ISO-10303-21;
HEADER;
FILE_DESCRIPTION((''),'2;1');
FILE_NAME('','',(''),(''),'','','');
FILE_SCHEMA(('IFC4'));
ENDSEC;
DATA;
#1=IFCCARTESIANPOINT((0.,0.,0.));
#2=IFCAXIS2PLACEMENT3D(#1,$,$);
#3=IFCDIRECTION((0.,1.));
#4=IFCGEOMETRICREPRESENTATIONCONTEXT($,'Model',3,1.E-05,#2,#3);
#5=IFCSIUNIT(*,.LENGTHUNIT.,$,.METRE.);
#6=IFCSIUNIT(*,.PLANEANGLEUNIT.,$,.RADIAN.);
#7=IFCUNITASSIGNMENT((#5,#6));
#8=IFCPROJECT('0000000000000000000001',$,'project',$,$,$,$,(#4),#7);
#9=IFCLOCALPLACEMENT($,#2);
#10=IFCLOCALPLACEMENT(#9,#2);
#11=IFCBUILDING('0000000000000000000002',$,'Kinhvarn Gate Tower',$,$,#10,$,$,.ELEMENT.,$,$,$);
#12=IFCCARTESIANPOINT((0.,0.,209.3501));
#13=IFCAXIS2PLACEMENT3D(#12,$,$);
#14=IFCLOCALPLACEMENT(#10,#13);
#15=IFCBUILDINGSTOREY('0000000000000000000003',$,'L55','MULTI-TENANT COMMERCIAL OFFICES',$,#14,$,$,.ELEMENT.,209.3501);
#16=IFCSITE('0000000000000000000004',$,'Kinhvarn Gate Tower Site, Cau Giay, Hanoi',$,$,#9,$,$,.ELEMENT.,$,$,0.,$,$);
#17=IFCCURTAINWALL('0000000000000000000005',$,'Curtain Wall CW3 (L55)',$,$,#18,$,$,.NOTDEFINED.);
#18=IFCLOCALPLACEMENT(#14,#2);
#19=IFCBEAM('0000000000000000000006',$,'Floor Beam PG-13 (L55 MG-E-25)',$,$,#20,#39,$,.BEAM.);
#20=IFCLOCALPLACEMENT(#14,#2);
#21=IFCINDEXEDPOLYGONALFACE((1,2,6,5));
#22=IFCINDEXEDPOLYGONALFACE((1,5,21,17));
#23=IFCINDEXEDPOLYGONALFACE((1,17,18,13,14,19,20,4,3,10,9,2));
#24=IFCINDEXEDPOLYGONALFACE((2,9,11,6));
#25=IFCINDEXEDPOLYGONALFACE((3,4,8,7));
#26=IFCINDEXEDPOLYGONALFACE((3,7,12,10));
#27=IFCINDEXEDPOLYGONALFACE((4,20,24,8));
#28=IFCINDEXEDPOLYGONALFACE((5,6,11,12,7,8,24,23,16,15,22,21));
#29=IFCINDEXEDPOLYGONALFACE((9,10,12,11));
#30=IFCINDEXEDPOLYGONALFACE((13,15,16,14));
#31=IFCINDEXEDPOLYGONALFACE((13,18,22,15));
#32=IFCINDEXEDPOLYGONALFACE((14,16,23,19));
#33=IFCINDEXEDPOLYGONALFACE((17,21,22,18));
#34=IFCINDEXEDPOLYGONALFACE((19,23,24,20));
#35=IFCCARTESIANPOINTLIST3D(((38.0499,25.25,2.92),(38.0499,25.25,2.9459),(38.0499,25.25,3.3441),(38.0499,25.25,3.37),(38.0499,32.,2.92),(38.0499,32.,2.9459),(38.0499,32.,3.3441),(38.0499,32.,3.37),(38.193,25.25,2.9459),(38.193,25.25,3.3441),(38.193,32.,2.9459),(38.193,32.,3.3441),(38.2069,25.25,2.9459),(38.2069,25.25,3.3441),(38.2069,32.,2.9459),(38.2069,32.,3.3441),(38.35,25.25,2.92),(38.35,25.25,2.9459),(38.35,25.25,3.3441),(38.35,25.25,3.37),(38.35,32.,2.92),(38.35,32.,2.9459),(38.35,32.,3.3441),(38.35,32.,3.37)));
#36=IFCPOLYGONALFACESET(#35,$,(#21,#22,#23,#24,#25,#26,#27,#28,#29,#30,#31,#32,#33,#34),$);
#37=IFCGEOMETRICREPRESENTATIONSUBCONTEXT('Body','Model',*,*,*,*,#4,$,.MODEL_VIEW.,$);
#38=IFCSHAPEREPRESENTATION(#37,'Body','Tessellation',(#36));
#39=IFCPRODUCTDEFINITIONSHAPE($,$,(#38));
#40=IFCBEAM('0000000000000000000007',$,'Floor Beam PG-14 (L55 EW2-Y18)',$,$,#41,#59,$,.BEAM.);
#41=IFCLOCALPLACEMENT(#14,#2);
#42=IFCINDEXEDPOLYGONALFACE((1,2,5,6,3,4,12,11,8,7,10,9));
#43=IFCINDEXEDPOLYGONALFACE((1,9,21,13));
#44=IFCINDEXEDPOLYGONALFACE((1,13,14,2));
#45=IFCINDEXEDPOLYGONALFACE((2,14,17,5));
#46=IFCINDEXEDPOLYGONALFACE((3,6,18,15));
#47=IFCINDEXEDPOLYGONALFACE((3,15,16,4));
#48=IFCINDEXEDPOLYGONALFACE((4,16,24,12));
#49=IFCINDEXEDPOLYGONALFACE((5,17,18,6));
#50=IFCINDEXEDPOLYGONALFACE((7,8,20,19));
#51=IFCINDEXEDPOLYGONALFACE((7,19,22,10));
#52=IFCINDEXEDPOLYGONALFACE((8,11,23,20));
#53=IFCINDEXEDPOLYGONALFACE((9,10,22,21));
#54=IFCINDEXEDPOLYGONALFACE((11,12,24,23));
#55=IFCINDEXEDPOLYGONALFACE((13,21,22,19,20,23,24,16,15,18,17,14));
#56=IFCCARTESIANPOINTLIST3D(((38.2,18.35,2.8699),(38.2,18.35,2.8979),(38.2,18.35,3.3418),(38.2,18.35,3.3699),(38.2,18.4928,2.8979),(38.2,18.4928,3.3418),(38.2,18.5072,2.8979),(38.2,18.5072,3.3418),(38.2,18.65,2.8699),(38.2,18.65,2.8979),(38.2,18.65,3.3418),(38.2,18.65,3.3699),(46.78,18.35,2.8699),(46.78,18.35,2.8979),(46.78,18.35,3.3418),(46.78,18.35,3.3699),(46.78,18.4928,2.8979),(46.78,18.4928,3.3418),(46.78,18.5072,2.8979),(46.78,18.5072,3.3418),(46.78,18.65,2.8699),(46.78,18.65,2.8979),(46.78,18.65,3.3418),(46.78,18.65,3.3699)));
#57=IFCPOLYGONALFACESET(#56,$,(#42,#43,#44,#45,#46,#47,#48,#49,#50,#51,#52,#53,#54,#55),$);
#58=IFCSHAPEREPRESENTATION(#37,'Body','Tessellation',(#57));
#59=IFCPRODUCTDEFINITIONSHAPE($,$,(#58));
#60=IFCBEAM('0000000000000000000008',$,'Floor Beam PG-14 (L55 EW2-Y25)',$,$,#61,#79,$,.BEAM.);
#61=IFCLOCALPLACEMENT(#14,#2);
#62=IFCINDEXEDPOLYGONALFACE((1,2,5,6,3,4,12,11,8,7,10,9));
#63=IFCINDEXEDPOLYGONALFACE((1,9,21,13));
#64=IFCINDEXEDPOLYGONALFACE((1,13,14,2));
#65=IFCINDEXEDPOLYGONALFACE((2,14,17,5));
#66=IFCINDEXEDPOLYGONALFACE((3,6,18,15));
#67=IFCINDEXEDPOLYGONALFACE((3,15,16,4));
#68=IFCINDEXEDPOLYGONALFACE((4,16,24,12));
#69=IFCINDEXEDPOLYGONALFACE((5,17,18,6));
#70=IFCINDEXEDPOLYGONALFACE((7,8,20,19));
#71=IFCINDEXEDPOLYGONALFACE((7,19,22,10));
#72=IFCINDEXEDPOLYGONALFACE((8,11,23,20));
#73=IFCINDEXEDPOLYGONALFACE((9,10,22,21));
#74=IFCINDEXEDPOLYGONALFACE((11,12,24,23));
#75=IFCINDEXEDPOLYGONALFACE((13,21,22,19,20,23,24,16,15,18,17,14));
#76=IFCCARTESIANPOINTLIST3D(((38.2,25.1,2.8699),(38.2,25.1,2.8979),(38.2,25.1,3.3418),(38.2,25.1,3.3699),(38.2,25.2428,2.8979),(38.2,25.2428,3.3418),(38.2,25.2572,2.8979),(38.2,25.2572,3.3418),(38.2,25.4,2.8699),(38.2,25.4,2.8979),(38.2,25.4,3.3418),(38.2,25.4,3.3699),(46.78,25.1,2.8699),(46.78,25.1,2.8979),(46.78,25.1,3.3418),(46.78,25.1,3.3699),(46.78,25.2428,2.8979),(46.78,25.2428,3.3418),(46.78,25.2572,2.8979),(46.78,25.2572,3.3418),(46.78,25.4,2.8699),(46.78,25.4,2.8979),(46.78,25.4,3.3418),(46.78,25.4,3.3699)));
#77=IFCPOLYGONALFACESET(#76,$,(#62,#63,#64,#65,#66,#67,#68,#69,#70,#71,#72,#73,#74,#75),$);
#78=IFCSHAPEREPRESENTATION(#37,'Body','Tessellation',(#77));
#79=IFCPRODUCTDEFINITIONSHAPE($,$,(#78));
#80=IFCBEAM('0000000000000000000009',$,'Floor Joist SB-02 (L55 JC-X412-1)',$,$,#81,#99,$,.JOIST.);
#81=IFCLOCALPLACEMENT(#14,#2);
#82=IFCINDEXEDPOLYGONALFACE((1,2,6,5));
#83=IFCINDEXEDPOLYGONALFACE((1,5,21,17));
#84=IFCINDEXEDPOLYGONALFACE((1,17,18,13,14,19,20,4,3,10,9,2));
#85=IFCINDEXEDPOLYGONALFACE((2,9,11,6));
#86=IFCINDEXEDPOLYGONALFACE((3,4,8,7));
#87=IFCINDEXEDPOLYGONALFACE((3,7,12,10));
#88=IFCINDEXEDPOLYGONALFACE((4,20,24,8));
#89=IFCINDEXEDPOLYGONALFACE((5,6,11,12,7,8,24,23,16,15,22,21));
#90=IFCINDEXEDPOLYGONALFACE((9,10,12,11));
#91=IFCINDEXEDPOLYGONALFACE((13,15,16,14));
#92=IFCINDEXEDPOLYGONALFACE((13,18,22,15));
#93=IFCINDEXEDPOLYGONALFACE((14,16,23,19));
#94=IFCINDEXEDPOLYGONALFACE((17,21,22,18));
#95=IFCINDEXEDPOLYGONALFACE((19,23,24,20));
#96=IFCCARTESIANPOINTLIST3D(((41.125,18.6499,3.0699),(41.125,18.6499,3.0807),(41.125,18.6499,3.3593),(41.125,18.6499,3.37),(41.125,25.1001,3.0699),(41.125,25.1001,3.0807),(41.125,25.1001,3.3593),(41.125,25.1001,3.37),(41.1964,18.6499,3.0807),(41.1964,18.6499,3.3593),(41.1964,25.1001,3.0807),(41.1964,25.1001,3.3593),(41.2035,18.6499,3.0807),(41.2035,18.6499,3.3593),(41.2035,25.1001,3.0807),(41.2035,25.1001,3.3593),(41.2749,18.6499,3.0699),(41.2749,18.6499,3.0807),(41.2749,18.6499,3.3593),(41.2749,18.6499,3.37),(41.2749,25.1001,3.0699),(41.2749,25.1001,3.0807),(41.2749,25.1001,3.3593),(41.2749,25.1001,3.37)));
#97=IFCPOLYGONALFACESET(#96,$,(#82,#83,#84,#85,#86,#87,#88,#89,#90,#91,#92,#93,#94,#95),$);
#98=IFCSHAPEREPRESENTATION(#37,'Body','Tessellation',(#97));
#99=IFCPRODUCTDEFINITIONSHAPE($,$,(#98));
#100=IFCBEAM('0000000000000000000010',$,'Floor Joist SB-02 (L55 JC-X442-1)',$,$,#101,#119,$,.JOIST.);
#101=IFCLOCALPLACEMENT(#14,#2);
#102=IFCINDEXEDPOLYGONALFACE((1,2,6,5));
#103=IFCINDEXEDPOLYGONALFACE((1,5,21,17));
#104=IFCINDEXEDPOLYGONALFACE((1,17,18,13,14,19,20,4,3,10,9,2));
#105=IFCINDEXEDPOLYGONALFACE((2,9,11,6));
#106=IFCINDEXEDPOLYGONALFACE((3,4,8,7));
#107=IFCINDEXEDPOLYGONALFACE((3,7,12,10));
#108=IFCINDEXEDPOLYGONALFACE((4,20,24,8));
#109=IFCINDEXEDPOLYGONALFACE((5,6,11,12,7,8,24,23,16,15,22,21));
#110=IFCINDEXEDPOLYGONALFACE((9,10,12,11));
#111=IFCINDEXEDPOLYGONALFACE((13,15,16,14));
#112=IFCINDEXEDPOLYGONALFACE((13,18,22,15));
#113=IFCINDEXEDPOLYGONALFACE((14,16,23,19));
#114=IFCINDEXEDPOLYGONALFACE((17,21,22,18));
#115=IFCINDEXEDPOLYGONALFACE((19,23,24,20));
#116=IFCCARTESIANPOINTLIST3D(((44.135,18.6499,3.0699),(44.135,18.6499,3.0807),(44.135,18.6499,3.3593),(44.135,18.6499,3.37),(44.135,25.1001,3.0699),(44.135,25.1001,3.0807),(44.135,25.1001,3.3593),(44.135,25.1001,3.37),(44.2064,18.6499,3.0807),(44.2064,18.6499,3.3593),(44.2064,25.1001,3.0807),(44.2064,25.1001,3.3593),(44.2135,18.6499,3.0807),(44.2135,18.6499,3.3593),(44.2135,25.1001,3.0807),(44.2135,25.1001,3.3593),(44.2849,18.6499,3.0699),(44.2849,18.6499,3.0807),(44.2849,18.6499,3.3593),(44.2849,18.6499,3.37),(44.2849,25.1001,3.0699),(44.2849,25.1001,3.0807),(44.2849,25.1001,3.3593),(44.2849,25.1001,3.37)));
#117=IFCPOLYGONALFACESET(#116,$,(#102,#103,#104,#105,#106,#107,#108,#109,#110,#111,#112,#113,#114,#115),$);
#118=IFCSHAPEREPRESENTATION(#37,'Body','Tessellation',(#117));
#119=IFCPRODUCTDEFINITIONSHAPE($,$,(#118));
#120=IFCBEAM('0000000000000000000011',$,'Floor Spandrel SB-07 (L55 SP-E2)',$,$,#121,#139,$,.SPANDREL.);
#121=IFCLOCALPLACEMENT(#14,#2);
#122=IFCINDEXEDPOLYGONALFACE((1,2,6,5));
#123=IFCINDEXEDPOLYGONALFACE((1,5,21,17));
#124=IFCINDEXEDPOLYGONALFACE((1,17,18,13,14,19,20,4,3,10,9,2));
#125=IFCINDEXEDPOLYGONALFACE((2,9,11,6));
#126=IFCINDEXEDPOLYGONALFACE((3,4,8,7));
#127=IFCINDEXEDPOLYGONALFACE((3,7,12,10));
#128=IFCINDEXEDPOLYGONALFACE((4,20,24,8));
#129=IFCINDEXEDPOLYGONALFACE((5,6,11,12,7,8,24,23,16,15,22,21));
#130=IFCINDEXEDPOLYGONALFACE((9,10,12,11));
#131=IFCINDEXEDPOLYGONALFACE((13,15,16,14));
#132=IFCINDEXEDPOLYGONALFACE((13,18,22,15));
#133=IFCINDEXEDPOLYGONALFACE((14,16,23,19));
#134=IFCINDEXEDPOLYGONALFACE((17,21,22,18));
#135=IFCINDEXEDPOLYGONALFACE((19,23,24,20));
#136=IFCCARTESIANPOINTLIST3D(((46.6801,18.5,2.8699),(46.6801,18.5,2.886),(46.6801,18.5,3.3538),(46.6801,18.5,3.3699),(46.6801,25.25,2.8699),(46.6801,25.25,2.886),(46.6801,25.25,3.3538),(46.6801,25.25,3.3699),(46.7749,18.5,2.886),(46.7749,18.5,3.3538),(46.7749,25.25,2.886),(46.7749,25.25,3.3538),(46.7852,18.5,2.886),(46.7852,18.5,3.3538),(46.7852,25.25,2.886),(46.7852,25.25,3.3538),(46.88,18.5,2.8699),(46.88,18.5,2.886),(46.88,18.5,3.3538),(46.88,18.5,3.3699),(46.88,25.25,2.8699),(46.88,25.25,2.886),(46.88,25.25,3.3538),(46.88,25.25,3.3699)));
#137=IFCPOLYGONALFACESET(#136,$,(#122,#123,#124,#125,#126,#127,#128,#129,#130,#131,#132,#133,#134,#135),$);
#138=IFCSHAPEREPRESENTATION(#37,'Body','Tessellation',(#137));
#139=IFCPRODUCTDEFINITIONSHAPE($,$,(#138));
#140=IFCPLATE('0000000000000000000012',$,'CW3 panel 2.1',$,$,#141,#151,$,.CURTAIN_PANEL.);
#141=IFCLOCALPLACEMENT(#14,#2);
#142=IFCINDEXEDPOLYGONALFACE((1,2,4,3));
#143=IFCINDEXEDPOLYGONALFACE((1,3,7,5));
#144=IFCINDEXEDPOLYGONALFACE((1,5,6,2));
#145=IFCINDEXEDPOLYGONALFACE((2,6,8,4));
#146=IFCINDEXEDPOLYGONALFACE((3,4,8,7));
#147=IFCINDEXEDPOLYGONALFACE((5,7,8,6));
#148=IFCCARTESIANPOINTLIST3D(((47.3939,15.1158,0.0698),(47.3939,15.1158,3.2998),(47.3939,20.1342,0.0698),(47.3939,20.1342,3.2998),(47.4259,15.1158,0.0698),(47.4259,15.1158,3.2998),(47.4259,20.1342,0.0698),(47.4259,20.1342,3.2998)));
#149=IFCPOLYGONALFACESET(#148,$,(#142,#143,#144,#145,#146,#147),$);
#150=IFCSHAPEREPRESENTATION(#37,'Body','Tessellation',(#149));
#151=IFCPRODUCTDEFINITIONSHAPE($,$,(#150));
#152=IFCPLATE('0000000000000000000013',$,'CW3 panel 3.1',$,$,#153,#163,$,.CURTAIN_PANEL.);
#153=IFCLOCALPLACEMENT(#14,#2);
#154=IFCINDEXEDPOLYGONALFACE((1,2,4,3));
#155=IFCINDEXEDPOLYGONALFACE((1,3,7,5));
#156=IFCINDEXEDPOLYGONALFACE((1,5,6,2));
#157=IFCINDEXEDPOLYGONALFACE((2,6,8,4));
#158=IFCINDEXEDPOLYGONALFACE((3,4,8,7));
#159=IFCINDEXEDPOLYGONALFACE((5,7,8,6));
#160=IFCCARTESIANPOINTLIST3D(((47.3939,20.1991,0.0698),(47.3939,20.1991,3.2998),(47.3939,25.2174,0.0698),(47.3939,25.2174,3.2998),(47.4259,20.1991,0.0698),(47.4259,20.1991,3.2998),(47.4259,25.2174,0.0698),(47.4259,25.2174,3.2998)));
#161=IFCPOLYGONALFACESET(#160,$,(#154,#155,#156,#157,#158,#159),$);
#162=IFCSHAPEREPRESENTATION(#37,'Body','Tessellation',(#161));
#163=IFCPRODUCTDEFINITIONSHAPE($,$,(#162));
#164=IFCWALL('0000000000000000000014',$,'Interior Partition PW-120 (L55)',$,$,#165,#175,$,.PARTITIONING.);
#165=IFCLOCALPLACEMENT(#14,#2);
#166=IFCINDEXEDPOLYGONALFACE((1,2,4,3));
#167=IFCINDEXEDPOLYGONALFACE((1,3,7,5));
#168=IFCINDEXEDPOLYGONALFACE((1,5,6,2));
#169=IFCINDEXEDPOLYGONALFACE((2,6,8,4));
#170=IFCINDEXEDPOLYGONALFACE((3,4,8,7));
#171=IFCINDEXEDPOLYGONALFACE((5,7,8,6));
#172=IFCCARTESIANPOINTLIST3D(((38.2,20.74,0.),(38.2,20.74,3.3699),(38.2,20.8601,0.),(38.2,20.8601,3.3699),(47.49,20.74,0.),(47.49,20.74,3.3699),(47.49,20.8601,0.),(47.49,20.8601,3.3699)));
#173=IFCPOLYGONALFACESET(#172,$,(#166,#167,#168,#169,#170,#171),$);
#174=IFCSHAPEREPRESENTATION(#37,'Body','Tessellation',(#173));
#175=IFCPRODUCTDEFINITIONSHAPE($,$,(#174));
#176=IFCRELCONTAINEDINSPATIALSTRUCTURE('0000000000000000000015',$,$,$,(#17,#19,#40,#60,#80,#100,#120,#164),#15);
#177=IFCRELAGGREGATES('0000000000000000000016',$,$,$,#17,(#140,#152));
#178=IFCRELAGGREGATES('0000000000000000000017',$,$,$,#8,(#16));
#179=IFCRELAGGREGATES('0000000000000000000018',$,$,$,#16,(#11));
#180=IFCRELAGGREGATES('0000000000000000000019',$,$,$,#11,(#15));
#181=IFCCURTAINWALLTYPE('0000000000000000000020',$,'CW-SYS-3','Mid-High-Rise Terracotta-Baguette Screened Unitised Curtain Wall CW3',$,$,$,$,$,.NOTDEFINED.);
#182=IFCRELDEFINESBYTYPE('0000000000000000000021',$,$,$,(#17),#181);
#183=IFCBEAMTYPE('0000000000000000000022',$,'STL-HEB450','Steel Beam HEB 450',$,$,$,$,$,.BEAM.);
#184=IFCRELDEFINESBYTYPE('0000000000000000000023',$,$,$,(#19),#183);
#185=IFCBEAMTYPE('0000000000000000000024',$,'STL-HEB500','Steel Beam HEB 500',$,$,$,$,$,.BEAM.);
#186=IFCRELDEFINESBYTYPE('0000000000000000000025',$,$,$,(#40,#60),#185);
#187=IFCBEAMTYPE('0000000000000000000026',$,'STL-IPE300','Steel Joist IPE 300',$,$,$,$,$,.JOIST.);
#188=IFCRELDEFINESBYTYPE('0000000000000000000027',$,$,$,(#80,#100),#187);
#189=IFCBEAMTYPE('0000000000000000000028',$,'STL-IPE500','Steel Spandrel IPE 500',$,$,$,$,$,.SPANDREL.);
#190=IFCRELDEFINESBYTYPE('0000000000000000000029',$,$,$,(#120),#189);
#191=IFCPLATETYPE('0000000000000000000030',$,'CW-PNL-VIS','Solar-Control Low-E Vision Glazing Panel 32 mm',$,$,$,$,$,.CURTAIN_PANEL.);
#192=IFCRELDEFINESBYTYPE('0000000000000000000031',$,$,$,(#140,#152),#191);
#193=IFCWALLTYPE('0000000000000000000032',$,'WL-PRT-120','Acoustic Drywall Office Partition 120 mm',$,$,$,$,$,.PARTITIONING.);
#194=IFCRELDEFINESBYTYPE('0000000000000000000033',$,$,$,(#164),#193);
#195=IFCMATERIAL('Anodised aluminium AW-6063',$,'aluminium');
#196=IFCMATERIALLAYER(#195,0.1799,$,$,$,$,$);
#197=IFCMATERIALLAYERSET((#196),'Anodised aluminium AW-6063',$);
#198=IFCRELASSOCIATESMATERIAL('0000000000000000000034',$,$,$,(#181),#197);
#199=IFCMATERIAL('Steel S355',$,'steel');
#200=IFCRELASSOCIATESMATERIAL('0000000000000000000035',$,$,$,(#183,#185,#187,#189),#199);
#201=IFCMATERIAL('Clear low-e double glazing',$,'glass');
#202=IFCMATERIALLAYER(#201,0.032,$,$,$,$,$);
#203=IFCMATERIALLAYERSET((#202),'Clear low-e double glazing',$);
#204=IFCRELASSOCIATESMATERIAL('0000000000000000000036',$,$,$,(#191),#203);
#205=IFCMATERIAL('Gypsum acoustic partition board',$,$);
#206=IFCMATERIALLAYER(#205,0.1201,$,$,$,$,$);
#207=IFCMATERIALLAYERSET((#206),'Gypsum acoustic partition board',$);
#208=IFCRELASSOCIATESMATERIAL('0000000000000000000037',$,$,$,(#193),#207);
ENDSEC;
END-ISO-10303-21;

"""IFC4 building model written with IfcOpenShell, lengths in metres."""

from ifc_helpers import new_model, si_unit, direction, frame, frame_2d, origin, origin_2d, place, context, subcontext, project, spatial, rectangle, i_section, extrude, material, layer, layer_set, material_profile, profile_set, type_object, element, aggregate, save


model = new_model("IFC4")

# Units and contexts
model_context = context("Model", 3, precision=1e-05, world=origin(), true_north=direction((0.0, 1.0)))
body_context = subcontext(model_context, "Body", "Model", "MODEL_VIEW")
ifc_project = project(units=[si_unit("LENGTHUNIT", "METRE"), si_unit("PLANEANGLEUNIT", "RADIAN")], contexts=[model_context])

# Site, building, storey
site_placement = place(None, origin())
site = spatial("IfcSite", under=ifc_project, at=site_placement, Name="Kinhvarn Gate Tower Site, Cau Giay, Hanoi", CompositionType="ELEMENT", RefElevation=0.0)
building_placement = place(site_placement, origin())
building = spatial("IfcBuilding", under=site, at=building_placement, Name="Kinhvarn Gate Tower", CompositionType="ELEMENT")
storey_placement = place(building_placement, frame((0.0, 0.0, 209.3501)))
storey = spatial("IfcBuildingStorey", under=building, at=storey_placement, Name="L55", Description="MULTI-TENANT COMMERCIAL OFFICES", CompositionType="ELEMENT", Elevation=209.3501)

# Curtain wall
ifc_material_1 = material(Name="Anodised aluminium AW-6063", Category="aluminium")
ifc_layer_1 = layer(ifc_material_1, 0.1799)
ifc_layer_set_1 = layer_set([ifc_layer_1], Name="Anodised aluminium AW-6063")
curtain_wall_type = type_object("IfcCurtainWallType", Name="CW-SYS-3", Description="Mid-High-Rise Terracotta-Baguette Screened Unitised Curtain Wall CW3", PredefinedType="NOTDEFINED", material=ifc_layer_set_1)
curtain_wall_placement = place(storey_placement, origin())
curtain_wall = element("IfcCurtainWall", 1, at=curtain_wall_placement, inside=storey, type_object=curtain_wall_type, Name="Curtain Wall CW3 (L55)", PredefinedType="NOTDEFINED")

# Beams
ifc_material_2 = material(Name="Steel S355", Category="steel")
ifc_material_profile_1 = material_profile(ifc_material_2, i_section(OverallWidth=0.3, OverallDepth=0.45, WebThickness=0.0139, FlangeThickness=0.0259, at=origin_2d()), Name="HEB 450")
ifc_profile_set_1 = profile_set([ifc_material_profile_1], Name="Steel S355")
beam_type_1 = type_object("IfcBeamType", Name="STL-HEB450", Description="Steel Beam HEB 450", PredefinedType="BEAM", material=ifc_profile_set_1)
for number, where, z_axis, x_axis, name in (
    (2, (38.2, 25.25, 3.145), (0.0, 1.0, 0.0), (-1.0, 0.0, 0.0), "Floor Beam PG-13 (L55 MG-E-25)"),
):
    element("IfcBeam", number, at=place(storey_placement, frame(where, z_axis=z_axis, x_axis=x_axis)), inside=storey, type_object=beam_type_1, Name=name, PredefinedType="BEAM", context=body_context, shape_type="SweptSolid", body=[
        extrude(i_section(OverallWidth=0.3, OverallDepth=0.45, WebThickness=0.0139, FlangeThickness=0.0259, at=origin_2d()), origin(), (0.0, 0.0, 1.0), 6.75),
    ])
ifc_material_profile_2 = material_profile(ifc_material_2, i_section(OverallWidth=0.3, OverallDepth=0.5, WebThickness=0.0144, FlangeThickness=0.0281, at=origin_2d()), Name="HEB 500")
ifc_profile_set_2 = profile_set([ifc_material_profile_2], Name="Steel S355")
beam_type_2 = type_object("IfcBeamType", Name="STL-HEB500", Description="Steel Beam HEB 500", PredefinedType="BEAM", material=ifc_profile_set_2)
for number, where, z_axis, x_axis, name in (
    (3, (38.2, 18.5, 3.1199), (1.0, 0.0, 0.0), (0.0, 1.0, 0.0), "Floor Beam PG-14 (L55 EW2-Y18)"),
    (4, (38.2, 25.25, 3.1199), (1.0, 0.0, 0.0), (0.0, 1.0, 0.0), "Floor Beam PG-14 (L55 EW2-Y25)"),
):
    element("IfcBeam", number, at=place(storey_placement, frame(where, z_axis=z_axis, x_axis=x_axis)), inside=storey, type_object=beam_type_2, Name=name, PredefinedType="BEAM", context=body_context, shape_type="SweptSolid", body=[
        extrude(i_section(OverallWidth=0.3, OverallDepth=0.5, WebThickness=0.0144, FlangeThickness=0.0281, at=origin_2d()), origin(), (0.0, 0.0, 1.0), 8.5801),
    ])
ifc_material_profile_3 = material_profile(ifc_material_2, i_section(OverallWidth=0.1499, OverallDepth=0.3, WebThickness=0.0071, FlangeThickness=0.0107, at=origin_2d()), Name="IPE 300")
ifc_profile_set_3 = profile_set([ifc_material_profile_3], Name="Steel S355")
beam_type_3 = type_object("IfcBeamType", Name="STL-IPE300", Description="Steel Joist IPE 300", PredefinedType="JOIST", material=ifc_profile_set_3)
for number, where, z_axis, x_axis, name in (
    (5, (41.2, 18.6499, 3.22), (0.0, 1.0, 0.0), (-1.0, 0.0, 0.0), "Floor Joist SB-02 (L55 JC-X412-1)"),
    (6, (44.21, 18.6499, 3.22), (0.0, 1.0, 0.0), (-1.0, 0.0, 0.0), "Floor Joist SB-02 (L55 JC-X442-1)"),
):
    element("IfcBeam", number, at=place(storey_placement, frame(where, z_axis=z_axis, x_axis=x_axis)), inside=storey, type_object=beam_type_3, Name=name, PredefinedType="JOIST", context=body_context, shape_type="SweptSolid", body=[
        extrude(i_section(OverallWidth=0.1499, OverallDepth=0.3, WebThickness=0.0071, FlangeThickness=0.0107, at=origin_2d()), origin(), (0.0, 0.0, 1.0), 6.4502),
    ])
ifc_material_profile_4 = material_profile(ifc_material_2, i_section(OverallWidth=0.2, OverallDepth=0.5, WebThickness=0.0103, FlangeThickness=0.0161, at=origin_2d()), Name="IPE 500")
ifc_profile_set_4 = profile_set([ifc_material_profile_4], Name="Steel S355")
beam_type_4 = type_object("IfcBeamType", Name="STL-IPE500", Description="Steel Spandrel IPE 500", PredefinedType="SPANDREL", material=ifc_profile_set_4)
beam_1_placement = place(storey_placement, frame((46.78, 18.5, 3.1199), z_axis=(0.0, 1.0, 0.0), x_axis=(-1.0, 0.0, 0.0)))
element("IfcBeam", 7, at=beam_1_placement, inside=storey, type_object=beam_type_4, Name="Floor Spandrel SB-07 (L55 SP-E2)", PredefinedType="SPANDREL", context=body_context, shape_type="SweptSolid", body=[
    extrude(i_section(OverallWidth=0.2, OverallDepth=0.5, WebThickness=0.0103, FlangeThickness=0.0161, at=origin_2d()), origin(), (0.0, 0.0, 1.0), 6.75),
])

# Plates
ifc_material_3 = material(Name="Clear low-e double glazing", Category="glass")
ifc_layer_2 = layer(ifc_material_3, 0.032)
ifc_layer_set_2 = layer_set([ifc_layer_2], Name="Clear low-e double glazing")
plate_type = type_object("IfcPlateType", Name="CW-PNL-VIS", Description="Solar-Control Low-E Vision Glazing Panel 32 mm", PredefinedType="CURTAIN_PANEL", material=ifc_layer_set_2)
plate_1_placement = place(storey_placement, frame((47.4099, 17.625, 0.0698), z_axis=(0.0, 0.0, 1.0), x_axis=(0.0, 1.0, 0.0)))
plate_1 = element("IfcPlate", 8, at=plate_1_placement, type_object=plate_type, Name="CW3 panel 2.1", PredefinedType="CURTAIN_PANEL", context=body_context, shape_type="SweptSolid", body=[
    extrude(rectangle(XDim=5.0183, YDim=0.032, at=origin_2d()), origin(), (0.0, 0.0, 1.0), 3.23),
])
plate_2_placement = place(storey_placement, frame((47.4099, 22.7083, 0.0698), z_axis=(0.0, 0.0, 1.0), x_axis=(0.0, 1.0, 0.0)))
plate_2 = element("IfcPlate", 9, at=plate_2_placement, type_object=plate_type, Name="CW3 panel 3.1", PredefinedType="CURTAIN_PANEL", context=body_context, shape_type="SweptSolid", body=[
    extrude(rectangle(XDim=5.0183, YDim=0.032, at=origin_2d()), origin(), (0.0, 0.0, 1.0), 3.23),
])
aggregate(curtain_wall, [plate_1, plate_2])

# Wall
ifc_material_4 = material(Name="Gypsum acoustic partition board")
ifc_layer_3 = layer(ifc_material_4, 0.1201)
ifc_layer_set_3 = layer_set([ifc_layer_3], Name="Gypsum acoustic partition board")
wall_type_1 = type_object("IfcWallType", Name="WL-PRT-120", Description="Acoustic Drywall Office Partition 120 mm", PredefinedType="PARTITIONING", material=ifc_layer_set_3)
wall_1_placement = place(storey_placement, frame((38.2, 20.8, 0.0), z_axis=(0.0, 0.0, 1.0), x_axis=(1.0, 0.0, 0.0)))
element("IfcWall", 10, at=wall_1_placement, inside=storey, type_object=wall_type_1, Name="Interior Partition PW-120 (L55)", PredefinedType="PARTITIONING", context=body_context, shape_type="SweptSolid", body=[
    extrude(rectangle(XDim=9.29, YDim=0.1201, at=frame_2d((4.645, 0.0))), origin(), (0.0, 0.0, 1.0), 3.3699),
])

save(model, "model.ifc")
